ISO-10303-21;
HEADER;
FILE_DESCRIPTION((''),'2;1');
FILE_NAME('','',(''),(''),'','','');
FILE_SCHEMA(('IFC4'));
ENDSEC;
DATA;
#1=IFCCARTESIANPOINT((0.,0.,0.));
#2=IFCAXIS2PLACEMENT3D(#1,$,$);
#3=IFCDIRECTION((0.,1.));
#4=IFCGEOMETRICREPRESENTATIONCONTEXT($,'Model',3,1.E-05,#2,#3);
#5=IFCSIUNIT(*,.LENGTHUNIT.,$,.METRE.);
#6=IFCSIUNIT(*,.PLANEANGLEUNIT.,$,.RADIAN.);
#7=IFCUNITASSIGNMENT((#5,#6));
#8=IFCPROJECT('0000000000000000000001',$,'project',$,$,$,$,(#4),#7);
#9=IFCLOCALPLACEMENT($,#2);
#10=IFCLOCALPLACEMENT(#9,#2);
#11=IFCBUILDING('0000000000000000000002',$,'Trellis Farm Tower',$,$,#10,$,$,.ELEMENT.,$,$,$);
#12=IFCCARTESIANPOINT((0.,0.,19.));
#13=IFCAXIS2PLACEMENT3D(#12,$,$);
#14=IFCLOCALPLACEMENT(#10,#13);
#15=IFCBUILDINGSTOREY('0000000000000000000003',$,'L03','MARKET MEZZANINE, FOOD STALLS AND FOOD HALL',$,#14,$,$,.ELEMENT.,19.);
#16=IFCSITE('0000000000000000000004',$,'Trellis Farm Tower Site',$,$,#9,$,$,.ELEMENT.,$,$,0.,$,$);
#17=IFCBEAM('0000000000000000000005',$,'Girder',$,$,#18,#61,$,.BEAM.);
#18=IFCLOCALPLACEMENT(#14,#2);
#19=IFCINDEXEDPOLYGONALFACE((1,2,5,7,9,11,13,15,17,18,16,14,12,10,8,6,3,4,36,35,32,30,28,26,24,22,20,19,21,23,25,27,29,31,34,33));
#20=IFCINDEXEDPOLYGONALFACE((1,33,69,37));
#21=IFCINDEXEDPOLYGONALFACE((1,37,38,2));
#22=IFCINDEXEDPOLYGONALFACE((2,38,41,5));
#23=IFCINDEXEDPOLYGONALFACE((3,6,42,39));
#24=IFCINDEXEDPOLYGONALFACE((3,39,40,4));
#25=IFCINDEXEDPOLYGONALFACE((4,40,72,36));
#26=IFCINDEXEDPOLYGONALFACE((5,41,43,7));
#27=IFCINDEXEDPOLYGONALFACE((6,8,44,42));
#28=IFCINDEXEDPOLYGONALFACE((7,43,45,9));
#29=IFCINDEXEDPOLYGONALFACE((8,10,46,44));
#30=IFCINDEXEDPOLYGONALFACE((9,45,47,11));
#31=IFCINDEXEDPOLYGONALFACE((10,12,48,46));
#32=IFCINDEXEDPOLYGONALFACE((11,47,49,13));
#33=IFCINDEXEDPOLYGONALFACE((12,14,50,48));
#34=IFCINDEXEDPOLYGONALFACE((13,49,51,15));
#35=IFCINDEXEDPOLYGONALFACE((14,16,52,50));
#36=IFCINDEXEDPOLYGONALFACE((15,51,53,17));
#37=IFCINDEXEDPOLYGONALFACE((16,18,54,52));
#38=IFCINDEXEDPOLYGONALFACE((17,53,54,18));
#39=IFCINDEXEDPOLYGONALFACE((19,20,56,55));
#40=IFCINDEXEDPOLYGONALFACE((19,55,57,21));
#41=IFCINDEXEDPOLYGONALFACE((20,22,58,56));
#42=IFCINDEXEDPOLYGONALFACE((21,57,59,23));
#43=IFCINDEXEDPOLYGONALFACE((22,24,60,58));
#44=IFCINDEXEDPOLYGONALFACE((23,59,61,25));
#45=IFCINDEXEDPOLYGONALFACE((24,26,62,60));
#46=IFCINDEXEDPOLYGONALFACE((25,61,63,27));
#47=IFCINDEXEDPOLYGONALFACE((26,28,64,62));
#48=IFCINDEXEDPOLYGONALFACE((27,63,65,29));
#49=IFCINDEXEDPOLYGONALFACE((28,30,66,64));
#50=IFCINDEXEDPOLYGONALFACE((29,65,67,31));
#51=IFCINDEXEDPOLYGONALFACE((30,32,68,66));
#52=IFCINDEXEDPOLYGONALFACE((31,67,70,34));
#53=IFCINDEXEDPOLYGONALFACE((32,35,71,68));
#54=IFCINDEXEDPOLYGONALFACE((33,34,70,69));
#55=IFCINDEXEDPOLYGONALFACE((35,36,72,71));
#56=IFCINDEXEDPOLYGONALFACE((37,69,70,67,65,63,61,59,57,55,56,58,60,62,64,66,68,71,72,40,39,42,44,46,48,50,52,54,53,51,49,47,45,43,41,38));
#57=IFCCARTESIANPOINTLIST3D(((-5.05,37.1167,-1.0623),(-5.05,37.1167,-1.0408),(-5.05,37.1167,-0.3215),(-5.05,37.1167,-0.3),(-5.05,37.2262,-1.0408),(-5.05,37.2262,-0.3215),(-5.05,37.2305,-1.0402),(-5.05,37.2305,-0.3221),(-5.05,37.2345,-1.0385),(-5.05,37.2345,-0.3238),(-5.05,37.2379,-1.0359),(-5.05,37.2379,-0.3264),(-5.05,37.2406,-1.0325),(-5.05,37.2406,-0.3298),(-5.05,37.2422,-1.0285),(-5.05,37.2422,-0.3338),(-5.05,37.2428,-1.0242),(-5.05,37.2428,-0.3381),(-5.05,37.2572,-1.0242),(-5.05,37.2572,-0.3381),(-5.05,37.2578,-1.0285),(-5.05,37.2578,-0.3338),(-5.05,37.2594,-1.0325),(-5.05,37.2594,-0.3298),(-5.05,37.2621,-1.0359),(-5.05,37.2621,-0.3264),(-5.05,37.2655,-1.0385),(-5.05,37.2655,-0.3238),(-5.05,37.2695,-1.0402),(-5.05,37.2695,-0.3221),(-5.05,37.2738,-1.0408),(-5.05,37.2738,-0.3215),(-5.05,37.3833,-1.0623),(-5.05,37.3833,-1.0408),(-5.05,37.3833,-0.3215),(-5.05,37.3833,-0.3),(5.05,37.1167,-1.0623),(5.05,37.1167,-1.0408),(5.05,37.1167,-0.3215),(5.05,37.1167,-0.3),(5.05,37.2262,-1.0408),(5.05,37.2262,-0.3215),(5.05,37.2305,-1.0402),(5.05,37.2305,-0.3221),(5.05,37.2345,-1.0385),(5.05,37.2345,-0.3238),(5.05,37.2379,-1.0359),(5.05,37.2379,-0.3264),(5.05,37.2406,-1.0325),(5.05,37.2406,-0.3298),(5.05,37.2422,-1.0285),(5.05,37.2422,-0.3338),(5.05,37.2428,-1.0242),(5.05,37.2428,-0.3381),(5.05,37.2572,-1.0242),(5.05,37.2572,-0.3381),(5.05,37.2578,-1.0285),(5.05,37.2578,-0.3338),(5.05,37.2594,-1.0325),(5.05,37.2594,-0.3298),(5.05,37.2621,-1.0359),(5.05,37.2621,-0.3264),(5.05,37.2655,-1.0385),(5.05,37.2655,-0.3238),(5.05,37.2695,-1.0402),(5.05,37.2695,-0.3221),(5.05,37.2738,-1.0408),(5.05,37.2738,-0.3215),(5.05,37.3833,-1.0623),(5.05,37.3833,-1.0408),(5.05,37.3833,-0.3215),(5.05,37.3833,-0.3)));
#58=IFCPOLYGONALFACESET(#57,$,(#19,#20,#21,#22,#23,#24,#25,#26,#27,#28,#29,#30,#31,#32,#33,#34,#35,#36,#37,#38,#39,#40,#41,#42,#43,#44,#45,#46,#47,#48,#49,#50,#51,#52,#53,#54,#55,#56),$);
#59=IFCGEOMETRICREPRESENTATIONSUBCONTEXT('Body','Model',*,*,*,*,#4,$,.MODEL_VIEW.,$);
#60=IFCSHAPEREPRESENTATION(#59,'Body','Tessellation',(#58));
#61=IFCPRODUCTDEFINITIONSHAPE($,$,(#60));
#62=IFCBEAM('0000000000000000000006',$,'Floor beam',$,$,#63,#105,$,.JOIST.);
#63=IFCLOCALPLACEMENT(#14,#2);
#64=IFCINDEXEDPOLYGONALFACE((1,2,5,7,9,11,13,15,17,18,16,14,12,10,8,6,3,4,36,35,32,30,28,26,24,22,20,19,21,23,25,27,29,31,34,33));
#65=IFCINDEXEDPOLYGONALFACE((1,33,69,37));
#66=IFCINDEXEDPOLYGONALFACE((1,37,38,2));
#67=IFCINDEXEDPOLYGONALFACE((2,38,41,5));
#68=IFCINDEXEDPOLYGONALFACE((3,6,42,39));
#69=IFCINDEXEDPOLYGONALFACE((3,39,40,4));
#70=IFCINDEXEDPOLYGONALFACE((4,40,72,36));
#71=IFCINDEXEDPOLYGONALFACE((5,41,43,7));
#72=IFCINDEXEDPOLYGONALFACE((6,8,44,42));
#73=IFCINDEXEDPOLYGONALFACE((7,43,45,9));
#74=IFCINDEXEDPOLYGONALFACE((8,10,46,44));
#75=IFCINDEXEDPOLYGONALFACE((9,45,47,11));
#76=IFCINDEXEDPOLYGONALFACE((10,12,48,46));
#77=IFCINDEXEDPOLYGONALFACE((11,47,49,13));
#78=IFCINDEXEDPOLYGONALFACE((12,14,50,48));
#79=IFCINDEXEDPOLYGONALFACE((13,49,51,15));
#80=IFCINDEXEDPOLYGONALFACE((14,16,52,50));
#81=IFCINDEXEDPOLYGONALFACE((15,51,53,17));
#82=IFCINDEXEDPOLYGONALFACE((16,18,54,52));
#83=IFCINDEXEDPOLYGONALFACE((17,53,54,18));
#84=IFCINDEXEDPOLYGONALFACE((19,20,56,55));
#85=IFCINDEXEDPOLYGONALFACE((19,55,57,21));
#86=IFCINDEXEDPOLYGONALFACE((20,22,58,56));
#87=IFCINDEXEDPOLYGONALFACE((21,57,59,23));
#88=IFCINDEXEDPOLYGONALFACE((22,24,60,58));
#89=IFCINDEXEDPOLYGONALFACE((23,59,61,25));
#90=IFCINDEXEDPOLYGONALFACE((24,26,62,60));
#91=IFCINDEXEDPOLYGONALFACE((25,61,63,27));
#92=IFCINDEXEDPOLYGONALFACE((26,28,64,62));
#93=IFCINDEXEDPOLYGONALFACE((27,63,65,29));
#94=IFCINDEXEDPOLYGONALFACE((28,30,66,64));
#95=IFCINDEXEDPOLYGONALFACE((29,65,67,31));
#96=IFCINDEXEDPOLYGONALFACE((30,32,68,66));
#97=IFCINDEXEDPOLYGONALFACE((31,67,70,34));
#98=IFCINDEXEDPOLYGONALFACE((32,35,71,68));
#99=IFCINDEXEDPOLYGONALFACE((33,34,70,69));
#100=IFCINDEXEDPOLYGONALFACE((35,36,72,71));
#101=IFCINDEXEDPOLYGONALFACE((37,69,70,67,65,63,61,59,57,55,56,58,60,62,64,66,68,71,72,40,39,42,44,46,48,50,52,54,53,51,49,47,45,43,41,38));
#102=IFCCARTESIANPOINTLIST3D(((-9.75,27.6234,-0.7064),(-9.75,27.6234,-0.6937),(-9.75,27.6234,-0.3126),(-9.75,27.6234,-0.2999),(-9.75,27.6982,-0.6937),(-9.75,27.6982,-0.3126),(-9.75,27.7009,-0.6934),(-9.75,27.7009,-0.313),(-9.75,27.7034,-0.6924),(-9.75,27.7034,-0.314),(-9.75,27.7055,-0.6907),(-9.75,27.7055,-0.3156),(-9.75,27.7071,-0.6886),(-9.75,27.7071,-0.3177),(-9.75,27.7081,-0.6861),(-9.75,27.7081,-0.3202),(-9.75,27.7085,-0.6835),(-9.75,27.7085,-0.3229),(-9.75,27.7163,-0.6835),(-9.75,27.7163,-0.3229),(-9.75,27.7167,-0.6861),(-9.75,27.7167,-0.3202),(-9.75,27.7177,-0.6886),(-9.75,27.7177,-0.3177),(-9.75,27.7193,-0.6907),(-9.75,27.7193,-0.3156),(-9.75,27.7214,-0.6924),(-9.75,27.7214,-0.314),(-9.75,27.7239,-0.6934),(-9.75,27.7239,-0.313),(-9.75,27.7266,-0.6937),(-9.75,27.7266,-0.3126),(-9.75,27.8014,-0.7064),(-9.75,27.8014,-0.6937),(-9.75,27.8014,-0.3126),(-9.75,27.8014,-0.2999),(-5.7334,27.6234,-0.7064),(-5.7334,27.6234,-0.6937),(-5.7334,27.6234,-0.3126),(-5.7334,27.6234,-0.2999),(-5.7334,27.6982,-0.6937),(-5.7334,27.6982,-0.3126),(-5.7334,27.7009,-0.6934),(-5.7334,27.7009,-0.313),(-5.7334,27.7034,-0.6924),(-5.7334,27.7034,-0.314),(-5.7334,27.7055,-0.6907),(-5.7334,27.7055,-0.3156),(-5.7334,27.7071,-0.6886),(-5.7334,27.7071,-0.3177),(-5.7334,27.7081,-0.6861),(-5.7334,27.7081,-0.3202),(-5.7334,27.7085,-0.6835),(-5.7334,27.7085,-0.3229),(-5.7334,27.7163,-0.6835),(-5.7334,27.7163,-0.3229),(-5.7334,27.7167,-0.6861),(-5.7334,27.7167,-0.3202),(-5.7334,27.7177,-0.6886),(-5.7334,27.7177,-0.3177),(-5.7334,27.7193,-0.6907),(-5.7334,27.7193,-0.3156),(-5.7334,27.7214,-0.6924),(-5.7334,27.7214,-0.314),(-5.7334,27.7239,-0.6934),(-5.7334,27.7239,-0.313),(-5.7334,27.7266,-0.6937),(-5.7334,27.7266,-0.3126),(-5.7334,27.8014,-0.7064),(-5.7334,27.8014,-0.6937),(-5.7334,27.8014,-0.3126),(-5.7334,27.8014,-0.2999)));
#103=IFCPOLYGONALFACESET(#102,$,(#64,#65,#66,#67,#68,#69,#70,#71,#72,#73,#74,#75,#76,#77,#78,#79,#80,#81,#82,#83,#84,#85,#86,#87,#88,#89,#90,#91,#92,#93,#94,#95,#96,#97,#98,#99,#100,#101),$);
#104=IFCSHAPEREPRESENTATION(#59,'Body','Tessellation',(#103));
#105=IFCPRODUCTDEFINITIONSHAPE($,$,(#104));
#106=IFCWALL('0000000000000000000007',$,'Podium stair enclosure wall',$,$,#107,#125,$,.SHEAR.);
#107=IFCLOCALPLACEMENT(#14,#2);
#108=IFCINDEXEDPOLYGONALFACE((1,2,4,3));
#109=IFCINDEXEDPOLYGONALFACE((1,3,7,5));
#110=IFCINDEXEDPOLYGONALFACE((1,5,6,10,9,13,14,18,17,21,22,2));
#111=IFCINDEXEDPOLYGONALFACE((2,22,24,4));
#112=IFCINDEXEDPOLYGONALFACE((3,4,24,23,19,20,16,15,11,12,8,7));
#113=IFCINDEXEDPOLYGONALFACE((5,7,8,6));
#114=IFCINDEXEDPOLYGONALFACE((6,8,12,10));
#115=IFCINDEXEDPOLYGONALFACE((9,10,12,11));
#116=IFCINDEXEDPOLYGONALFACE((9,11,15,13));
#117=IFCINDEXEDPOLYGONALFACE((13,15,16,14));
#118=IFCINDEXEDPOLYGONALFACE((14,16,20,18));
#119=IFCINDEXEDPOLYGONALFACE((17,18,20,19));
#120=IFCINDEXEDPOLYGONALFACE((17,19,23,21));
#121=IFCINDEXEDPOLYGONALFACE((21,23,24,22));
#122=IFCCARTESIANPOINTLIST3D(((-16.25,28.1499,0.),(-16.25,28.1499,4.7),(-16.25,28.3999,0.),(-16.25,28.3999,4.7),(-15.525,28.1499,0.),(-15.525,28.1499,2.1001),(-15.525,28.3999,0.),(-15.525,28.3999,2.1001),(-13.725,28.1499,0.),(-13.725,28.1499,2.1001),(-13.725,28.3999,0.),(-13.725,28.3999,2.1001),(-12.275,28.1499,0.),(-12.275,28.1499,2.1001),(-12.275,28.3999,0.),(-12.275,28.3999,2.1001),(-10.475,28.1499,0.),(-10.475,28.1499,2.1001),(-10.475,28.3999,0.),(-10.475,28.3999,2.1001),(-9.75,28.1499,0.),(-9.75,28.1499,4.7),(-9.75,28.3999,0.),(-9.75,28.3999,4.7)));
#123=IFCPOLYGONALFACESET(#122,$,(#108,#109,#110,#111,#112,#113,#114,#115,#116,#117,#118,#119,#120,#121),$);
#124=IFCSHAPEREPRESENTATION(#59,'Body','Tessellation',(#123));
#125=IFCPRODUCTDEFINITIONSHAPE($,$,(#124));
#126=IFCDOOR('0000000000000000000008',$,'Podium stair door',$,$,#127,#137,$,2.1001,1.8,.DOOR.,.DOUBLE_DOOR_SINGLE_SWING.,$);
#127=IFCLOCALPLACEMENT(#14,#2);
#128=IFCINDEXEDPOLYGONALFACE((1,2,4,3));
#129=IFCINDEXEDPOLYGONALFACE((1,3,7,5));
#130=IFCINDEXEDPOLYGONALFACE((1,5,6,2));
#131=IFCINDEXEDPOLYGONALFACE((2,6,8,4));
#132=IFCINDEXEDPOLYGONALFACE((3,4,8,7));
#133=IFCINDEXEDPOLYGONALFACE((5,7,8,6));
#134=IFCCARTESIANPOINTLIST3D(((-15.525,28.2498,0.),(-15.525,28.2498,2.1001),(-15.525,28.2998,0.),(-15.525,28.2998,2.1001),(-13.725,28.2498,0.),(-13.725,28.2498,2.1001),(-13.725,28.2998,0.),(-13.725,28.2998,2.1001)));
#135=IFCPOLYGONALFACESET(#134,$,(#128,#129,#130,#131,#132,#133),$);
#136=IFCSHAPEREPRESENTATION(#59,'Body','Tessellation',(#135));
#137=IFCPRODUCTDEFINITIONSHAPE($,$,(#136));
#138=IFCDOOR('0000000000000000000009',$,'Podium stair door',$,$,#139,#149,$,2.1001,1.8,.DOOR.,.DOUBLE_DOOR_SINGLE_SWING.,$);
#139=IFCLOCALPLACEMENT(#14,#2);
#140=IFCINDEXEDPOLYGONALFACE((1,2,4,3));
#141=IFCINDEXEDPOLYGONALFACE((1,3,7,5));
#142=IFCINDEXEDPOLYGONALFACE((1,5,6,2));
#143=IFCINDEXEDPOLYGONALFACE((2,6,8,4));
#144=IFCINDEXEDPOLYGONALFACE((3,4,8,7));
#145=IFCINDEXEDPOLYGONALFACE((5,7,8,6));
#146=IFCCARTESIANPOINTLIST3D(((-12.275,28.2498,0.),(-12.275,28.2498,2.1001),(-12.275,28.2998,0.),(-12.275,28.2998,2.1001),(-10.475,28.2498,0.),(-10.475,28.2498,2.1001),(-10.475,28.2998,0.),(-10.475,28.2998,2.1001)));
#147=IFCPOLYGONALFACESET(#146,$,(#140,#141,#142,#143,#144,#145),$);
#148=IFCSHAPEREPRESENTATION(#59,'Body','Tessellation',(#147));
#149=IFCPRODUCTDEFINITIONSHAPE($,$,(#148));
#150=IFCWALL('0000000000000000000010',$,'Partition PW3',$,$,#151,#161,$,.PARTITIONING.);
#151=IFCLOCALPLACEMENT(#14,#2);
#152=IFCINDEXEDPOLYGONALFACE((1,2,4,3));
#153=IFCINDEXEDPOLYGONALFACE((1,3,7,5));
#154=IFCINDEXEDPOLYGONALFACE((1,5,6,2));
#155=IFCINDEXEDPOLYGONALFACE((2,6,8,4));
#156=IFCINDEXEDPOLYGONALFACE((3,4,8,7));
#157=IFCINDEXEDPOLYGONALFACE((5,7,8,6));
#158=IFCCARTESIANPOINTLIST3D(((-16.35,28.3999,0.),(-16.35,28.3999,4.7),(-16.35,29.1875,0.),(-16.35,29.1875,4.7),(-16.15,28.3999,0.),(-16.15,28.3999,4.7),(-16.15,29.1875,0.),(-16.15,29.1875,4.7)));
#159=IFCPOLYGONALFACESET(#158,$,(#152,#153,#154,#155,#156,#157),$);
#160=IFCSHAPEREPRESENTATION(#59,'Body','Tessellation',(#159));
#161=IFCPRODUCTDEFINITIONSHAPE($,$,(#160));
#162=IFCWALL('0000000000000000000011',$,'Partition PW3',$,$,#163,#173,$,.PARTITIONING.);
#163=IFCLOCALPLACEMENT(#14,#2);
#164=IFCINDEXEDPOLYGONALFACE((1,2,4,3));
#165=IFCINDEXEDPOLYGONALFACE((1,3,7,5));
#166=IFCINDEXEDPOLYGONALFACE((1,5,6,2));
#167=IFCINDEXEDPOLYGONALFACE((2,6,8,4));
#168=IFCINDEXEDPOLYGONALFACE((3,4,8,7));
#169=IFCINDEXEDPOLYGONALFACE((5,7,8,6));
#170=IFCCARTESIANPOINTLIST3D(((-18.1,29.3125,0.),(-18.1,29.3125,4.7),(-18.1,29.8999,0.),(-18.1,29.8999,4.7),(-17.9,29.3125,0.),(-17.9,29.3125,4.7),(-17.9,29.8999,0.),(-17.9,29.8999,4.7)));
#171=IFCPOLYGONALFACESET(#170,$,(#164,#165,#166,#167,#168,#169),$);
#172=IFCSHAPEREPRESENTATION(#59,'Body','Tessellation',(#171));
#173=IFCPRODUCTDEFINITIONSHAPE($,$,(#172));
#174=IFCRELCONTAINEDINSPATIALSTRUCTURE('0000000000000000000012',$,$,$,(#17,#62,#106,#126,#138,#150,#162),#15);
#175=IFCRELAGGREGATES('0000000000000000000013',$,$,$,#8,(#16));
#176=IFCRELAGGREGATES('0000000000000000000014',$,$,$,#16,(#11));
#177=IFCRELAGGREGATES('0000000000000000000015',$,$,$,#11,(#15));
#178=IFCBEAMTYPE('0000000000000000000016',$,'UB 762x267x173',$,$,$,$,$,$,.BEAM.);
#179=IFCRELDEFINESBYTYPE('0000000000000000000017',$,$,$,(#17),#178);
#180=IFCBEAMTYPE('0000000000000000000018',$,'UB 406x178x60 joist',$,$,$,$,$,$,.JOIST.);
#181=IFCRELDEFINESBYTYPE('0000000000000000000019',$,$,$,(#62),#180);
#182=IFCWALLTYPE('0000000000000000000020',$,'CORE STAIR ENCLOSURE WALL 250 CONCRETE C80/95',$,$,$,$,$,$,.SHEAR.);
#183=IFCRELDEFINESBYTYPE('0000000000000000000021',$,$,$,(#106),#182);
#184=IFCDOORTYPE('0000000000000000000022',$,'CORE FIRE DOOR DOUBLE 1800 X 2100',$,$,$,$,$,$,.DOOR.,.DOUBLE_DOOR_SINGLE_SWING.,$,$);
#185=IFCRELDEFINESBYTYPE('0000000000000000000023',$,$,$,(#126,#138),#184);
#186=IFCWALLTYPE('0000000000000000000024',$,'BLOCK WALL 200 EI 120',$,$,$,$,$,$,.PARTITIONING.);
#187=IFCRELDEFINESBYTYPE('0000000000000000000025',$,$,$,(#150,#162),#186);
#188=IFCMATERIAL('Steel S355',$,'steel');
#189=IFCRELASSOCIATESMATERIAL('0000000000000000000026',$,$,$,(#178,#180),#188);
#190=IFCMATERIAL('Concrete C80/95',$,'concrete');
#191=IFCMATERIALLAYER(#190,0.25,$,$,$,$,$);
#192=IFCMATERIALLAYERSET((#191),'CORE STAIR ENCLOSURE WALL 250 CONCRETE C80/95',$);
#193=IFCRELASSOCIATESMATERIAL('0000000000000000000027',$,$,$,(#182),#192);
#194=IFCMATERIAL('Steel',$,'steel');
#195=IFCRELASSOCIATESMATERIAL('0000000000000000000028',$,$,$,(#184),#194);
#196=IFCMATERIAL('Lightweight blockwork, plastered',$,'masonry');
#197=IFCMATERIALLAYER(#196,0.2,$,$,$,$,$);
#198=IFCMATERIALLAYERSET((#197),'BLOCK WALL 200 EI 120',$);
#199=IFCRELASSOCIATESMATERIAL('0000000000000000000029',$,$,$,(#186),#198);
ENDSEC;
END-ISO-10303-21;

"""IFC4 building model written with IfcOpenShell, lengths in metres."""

from ifc_helpers import new_model, si_unit, direction, frame, frame_2d, origin, origin_2d, place, context, subcontext, project, spatial, rectangle, i_section, extrude, source, transform, mapped, material, layer, layer_set, material_profile, profile_set, type_object, element, fill, save


model = new_model("IFC4")

# Units and contexts
model_context = context("Model", 3, precision=1e-05, world=origin(), true_north=direction((0.0, 1.0)))
body_context = subcontext(model_context, "Body", "Model", "MODEL_VIEW")
ifc_project = project(units=[si_unit("LENGTHUNIT", "METRE"), si_unit("PLANEANGLEUNIT", "RADIAN")], contexts=[model_context])

# Site, building, storey
site_placement = place(None, origin())
site = spatial("IfcSite", under=ifc_project, at=site_placement, Name="Trellis Farm Tower Site", CompositionType="ELEMENT", RefElevation=0.0)
building_placement = place(site_placement, origin())
building = spatial("IfcBuilding", under=site, at=building_placement, Name="Trellis Farm Tower", CompositionType="ELEMENT")
storey_placement = place(building_placement, frame((0.0, 0.0, 19.0)))
storey = spatial("IfcBuildingStorey", under=building, at=storey_placement, Name="L03", Description="MARKET MEZZANINE, FOOD STALLS AND FOOD HALL", CompositionType="ELEMENT", Elevation=19.0)

# Shared definitions
ifc_material_1 = material(Name="Concrete C80/95", Category="concrete")

# Beams
ifc_material_2 = material(Name="Steel S355", Category="steel")
ifc_material_profile_1 = material_profile(ifc_material_2, i_section(OverallWidth=0.2666, OverallDepth=0.7622, WebThickness=0.0144, FlangeThickness=0.0215, FilletRadius=0.0166, at=origin_2d()), Name="UB 762x267x173")
ifc_profile_set_1 = profile_set([ifc_material_profile_1], Name="Steel S355")
beam_type_1 = type_object("IfcBeamType", Name="UB 762x267x173", PredefinedType="BEAM", material=ifc_profile_set_1)
shared_shape_1 = source(origin(), body_context, "Body", "SweptSolid", [
    extrude(i_section(OverallWidth=0.2666, OverallDepth=0.7622, WebThickness=0.0144, FlangeThickness=0.0215, FilletRadius=0.0166, at=origin_2d()), origin(), (0.0, 0.0, 1.0), 10.1001),
])
beam_1_placement = place(storey_placement, frame((-5.05, 37.25, -0.6812), z_axis=(1.0, 0.0, 0.0), x_axis=(0.0, 1.0, 0.0)))
element("IfcBeam", 1, at=beam_1_placement, inside=storey, type_object=beam_type_1, Name="Girder", PredefinedType="BEAM", context=body_context, shape_type="MappedRepresentation", body=[
    mapped(shared_shape_1, transform((0.0, 0.0, 0.0))),
])
ifc_material_profile_2 = material_profile(ifc_material_2, i_section(OverallWidth=0.178, OverallDepth=0.4065, WebThickness=0.0078, FlangeThickness=0.0127, FilletRadius=0.0103, at=origin_2d()), Name="UB 406x178x60")
ifc_profile_set_2 = profile_set([ifc_material_profile_2], Name="Steel S355")
beam_type_2 = type_object("IfcBeamType", Name="UB 406x178x60 joist", PredefinedType="JOIST", material=ifc_profile_set_2)
shared_shape_2 = source(origin(), body_context, "Body", "SweptSolid", [
    extrude(i_section(OverallWidth=0.178, OverallDepth=0.4065, WebThickness=0.0078, FlangeThickness=0.0127, FilletRadius=0.0103, at=origin_2d()), origin(), (0.0, 0.0, 1.0), 4.0166),
])
beam_2_placement = place(storey_placement, frame((-9.75, 27.7124, -0.5032), z_axis=(1.0, 0.0, 0.0), x_axis=(0.0, 1.0, 0.0)))
element("IfcBeam", 2, at=beam_2_placement, inside=storey, type_object=beam_type_2, Name="Floor beam", PredefinedType="JOIST", context=body_context, shape_type="MappedRepresentation", body=[
    mapped(shared_shape_2, transform((0.0, 0.0, 0.0))),
])

# Wall, openings, doors
ifc_layer_1 = layer(ifc_material_1, 0.25)
ifc_layer_set_1 = layer_set([ifc_layer_1], Name="CORE STAIR ENCLOSURE WALL 250 CONCRETE C80/95")
wall_type_1 = type_object("IfcWallType", Name="CORE STAIR ENCLOSURE WALL 250 CONCRETE C80/95", PredefinedType="SHEAR", material=ifc_layer_set_1)
shared_shape_3 = source(origin(), body_context, "Body", "SweptSolid", [
    extrude(rectangle(XDim=6.5, YDim=0.25, at=frame_2d((3.25, 0.0))), origin(), (0.0, 0.0, 1.0), 4.7),
])
wall_1_placement = place(storey_placement, frame((-16.25, 28.2749, 0.0), z_axis=(0.0, 0.0, 1.0), x_axis=(1.0, 0.0, 0.0)))
wall_1 = element("IfcWall", 3, at=wall_1_placement, inside=storey, type_object=wall_type_1, Name="Podium stair enclosure wall", PredefinedType="SHEAR", context=body_context, shape_type="MappedRepresentation", body=[
    mapped(shared_shape_3, transform((0.0, 0.0, 0.0))),
])
shared_shape_4 = source(origin(), body_context, "Body", "SweptSolid", [
    extrude(rectangle(XDim=1.8, YDim=2.1001, at=frame_2d((0.8999, 1.05))), frame((0.0, 0.135, 0.0), z_axis=(0.0, -1.0, 0.0), x_axis=(1.0, 0.0, 0.0)), (0.0, 0.0, 1.0), 0.27),
])
opening_1_placement = place(wall_1_placement, frame((0.7251, 0.0, 0.0)))
opening_1 = element("IfcOpeningElement", 4, at=opening_1_placement, cuts=wall_1, PredefinedType="OPENING", context=body_context, shape_type="MappedRepresentation", body=[
    mapped(shared_shape_4, transform((0.0, 0.0, 0.0))),
])
opening_2_placement = place(wall_1_placement, frame((3.9751, 0.0, 0.0)))
opening_2 = element("IfcOpeningElement", 5, at=opening_2_placement, cuts=wall_1, PredefinedType="OPENING", context=body_context, shape_type="MappedRepresentation", body=[
    mapped(shared_shape_4, transform((0.0, 0.0, 0.0))),
])
ifc_material_3 = material(Name="Steel", Category="steel")
door_type_1 = type_object("IfcDoorType", Name="CORE FIRE DOOR DOUBLE 1800 X 2100", OperationType="DOUBLE_DOOR_SINGLE_SWING", PredefinedType="DOOR", material=ifc_material_3)
shared_shape_5 = source(origin(), body_context, "Body", "SweptSolid", [
    extrude(rectangle(XDim=1.8, YDim=2.1001, at=frame_2d((0.8999, 1.05))), frame((0.0, 0.0249, 0.0), z_axis=(0.0, -1.0, 0.0), x_axis=(1.0, 0.0, 0.0)), (0.0, 0.0, 1.0), 0.05),
])
door_1_placement = place(opening_1_placement, origin())
door_1 = element("IfcDoor", 6, at=door_1_placement, inside=storey, type_object=door_type_1, Name="Podium stair door", OperationType="DOUBLE_DOOR_SINGLE_SWING", OverallHeight=2.1001, OverallWidth=1.8, PredefinedType="DOOR", context=body_context, shape_type="MappedRepresentation", body=[
    mapped(shared_shape_5, transform((0.0, 0.0, 0.0))),
])
fill(opening_1, door_1)
door_2_placement = place(opening_2_placement, origin())
door_2 = element("IfcDoor", 7, at=door_2_placement, inside=storey, type_object=door_type_1, Name="Podium stair door", OperationType="DOUBLE_DOOR_SINGLE_SWING", OverallHeight=2.1001, OverallWidth=1.8, PredefinedType="DOOR", context=body_context, shape_type="MappedRepresentation", body=[
    mapped(shared_shape_5, transform((0.0, 0.0, 0.0))),
])
fill(opening_2, door_2)

# Walls
ifc_material_4 = material(Name="Lightweight blockwork, plastered", Category="masonry")
ifc_layer_2 = layer(ifc_material_4, 0.2)
ifc_layer_set_2 = layer_set([ifc_layer_2], Name="BLOCK WALL 200 EI 120")
wall_type_2 = type_object("IfcWallType", Name="BLOCK WALL 200 EI 120", PredefinedType="PARTITIONING", material=ifc_layer_set_2)
shared_shape_6 = source(origin(), body_context, "Body", "SweptSolid", [
    extrude(rectangle(XDim=0.7876, YDim=0.2, at=frame_2d((0.3938, 0.0))), origin(), (0.0, 0.0, 1.0), 4.7),
])
wall_2_placement = place(storey_placement, frame((-16.25, 28.3999, 0.0), z_axis=(0.0, 0.0, 1.0), x_axis=(0.0, 1.0, 0.0)))
element("IfcWall", 8, at=wall_2_placement, inside=storey, type_object=wall_type_2, Name="Partition PW3", PredefinedType="PARTITIONING", context=body_context, shape_type="MappedRepresentation", body=[
    mapped(shared_shape_6, transform((0.0, 0.0, 0.0))),
])
shared_shape_7 = source(origin(), body_context, "Body", "SweptSolid", [
    extrude(rectangle(XDim=0.5874, YDim=0.2, at=frame_2d((0.2937, 0.0))), origin(), (0.0, 0.0, 1.0), 4.7),
])
for number, where, z_axis, x_axis, name in (
    (9, (-18.0, 29.3125, 0.0), (0.0, 0.0, 1.0), (0.0, 1.0, 0.0), "Partition PW3"),
):
    element("IfcWall", number, at=place(storey_placement, frame(where, z_axis=z_axis, x_axis=x_axis)), inside=storey, type_object=wall_type_2, Name=name, PredefinedType="PARTITIONING", context=body_context, shape_type="MappedRepresentation", body=[
        mapped(shared_shape_7, transform((0.0, 0.0, 0.0))),
    ])

save(model, "model.ifc")
